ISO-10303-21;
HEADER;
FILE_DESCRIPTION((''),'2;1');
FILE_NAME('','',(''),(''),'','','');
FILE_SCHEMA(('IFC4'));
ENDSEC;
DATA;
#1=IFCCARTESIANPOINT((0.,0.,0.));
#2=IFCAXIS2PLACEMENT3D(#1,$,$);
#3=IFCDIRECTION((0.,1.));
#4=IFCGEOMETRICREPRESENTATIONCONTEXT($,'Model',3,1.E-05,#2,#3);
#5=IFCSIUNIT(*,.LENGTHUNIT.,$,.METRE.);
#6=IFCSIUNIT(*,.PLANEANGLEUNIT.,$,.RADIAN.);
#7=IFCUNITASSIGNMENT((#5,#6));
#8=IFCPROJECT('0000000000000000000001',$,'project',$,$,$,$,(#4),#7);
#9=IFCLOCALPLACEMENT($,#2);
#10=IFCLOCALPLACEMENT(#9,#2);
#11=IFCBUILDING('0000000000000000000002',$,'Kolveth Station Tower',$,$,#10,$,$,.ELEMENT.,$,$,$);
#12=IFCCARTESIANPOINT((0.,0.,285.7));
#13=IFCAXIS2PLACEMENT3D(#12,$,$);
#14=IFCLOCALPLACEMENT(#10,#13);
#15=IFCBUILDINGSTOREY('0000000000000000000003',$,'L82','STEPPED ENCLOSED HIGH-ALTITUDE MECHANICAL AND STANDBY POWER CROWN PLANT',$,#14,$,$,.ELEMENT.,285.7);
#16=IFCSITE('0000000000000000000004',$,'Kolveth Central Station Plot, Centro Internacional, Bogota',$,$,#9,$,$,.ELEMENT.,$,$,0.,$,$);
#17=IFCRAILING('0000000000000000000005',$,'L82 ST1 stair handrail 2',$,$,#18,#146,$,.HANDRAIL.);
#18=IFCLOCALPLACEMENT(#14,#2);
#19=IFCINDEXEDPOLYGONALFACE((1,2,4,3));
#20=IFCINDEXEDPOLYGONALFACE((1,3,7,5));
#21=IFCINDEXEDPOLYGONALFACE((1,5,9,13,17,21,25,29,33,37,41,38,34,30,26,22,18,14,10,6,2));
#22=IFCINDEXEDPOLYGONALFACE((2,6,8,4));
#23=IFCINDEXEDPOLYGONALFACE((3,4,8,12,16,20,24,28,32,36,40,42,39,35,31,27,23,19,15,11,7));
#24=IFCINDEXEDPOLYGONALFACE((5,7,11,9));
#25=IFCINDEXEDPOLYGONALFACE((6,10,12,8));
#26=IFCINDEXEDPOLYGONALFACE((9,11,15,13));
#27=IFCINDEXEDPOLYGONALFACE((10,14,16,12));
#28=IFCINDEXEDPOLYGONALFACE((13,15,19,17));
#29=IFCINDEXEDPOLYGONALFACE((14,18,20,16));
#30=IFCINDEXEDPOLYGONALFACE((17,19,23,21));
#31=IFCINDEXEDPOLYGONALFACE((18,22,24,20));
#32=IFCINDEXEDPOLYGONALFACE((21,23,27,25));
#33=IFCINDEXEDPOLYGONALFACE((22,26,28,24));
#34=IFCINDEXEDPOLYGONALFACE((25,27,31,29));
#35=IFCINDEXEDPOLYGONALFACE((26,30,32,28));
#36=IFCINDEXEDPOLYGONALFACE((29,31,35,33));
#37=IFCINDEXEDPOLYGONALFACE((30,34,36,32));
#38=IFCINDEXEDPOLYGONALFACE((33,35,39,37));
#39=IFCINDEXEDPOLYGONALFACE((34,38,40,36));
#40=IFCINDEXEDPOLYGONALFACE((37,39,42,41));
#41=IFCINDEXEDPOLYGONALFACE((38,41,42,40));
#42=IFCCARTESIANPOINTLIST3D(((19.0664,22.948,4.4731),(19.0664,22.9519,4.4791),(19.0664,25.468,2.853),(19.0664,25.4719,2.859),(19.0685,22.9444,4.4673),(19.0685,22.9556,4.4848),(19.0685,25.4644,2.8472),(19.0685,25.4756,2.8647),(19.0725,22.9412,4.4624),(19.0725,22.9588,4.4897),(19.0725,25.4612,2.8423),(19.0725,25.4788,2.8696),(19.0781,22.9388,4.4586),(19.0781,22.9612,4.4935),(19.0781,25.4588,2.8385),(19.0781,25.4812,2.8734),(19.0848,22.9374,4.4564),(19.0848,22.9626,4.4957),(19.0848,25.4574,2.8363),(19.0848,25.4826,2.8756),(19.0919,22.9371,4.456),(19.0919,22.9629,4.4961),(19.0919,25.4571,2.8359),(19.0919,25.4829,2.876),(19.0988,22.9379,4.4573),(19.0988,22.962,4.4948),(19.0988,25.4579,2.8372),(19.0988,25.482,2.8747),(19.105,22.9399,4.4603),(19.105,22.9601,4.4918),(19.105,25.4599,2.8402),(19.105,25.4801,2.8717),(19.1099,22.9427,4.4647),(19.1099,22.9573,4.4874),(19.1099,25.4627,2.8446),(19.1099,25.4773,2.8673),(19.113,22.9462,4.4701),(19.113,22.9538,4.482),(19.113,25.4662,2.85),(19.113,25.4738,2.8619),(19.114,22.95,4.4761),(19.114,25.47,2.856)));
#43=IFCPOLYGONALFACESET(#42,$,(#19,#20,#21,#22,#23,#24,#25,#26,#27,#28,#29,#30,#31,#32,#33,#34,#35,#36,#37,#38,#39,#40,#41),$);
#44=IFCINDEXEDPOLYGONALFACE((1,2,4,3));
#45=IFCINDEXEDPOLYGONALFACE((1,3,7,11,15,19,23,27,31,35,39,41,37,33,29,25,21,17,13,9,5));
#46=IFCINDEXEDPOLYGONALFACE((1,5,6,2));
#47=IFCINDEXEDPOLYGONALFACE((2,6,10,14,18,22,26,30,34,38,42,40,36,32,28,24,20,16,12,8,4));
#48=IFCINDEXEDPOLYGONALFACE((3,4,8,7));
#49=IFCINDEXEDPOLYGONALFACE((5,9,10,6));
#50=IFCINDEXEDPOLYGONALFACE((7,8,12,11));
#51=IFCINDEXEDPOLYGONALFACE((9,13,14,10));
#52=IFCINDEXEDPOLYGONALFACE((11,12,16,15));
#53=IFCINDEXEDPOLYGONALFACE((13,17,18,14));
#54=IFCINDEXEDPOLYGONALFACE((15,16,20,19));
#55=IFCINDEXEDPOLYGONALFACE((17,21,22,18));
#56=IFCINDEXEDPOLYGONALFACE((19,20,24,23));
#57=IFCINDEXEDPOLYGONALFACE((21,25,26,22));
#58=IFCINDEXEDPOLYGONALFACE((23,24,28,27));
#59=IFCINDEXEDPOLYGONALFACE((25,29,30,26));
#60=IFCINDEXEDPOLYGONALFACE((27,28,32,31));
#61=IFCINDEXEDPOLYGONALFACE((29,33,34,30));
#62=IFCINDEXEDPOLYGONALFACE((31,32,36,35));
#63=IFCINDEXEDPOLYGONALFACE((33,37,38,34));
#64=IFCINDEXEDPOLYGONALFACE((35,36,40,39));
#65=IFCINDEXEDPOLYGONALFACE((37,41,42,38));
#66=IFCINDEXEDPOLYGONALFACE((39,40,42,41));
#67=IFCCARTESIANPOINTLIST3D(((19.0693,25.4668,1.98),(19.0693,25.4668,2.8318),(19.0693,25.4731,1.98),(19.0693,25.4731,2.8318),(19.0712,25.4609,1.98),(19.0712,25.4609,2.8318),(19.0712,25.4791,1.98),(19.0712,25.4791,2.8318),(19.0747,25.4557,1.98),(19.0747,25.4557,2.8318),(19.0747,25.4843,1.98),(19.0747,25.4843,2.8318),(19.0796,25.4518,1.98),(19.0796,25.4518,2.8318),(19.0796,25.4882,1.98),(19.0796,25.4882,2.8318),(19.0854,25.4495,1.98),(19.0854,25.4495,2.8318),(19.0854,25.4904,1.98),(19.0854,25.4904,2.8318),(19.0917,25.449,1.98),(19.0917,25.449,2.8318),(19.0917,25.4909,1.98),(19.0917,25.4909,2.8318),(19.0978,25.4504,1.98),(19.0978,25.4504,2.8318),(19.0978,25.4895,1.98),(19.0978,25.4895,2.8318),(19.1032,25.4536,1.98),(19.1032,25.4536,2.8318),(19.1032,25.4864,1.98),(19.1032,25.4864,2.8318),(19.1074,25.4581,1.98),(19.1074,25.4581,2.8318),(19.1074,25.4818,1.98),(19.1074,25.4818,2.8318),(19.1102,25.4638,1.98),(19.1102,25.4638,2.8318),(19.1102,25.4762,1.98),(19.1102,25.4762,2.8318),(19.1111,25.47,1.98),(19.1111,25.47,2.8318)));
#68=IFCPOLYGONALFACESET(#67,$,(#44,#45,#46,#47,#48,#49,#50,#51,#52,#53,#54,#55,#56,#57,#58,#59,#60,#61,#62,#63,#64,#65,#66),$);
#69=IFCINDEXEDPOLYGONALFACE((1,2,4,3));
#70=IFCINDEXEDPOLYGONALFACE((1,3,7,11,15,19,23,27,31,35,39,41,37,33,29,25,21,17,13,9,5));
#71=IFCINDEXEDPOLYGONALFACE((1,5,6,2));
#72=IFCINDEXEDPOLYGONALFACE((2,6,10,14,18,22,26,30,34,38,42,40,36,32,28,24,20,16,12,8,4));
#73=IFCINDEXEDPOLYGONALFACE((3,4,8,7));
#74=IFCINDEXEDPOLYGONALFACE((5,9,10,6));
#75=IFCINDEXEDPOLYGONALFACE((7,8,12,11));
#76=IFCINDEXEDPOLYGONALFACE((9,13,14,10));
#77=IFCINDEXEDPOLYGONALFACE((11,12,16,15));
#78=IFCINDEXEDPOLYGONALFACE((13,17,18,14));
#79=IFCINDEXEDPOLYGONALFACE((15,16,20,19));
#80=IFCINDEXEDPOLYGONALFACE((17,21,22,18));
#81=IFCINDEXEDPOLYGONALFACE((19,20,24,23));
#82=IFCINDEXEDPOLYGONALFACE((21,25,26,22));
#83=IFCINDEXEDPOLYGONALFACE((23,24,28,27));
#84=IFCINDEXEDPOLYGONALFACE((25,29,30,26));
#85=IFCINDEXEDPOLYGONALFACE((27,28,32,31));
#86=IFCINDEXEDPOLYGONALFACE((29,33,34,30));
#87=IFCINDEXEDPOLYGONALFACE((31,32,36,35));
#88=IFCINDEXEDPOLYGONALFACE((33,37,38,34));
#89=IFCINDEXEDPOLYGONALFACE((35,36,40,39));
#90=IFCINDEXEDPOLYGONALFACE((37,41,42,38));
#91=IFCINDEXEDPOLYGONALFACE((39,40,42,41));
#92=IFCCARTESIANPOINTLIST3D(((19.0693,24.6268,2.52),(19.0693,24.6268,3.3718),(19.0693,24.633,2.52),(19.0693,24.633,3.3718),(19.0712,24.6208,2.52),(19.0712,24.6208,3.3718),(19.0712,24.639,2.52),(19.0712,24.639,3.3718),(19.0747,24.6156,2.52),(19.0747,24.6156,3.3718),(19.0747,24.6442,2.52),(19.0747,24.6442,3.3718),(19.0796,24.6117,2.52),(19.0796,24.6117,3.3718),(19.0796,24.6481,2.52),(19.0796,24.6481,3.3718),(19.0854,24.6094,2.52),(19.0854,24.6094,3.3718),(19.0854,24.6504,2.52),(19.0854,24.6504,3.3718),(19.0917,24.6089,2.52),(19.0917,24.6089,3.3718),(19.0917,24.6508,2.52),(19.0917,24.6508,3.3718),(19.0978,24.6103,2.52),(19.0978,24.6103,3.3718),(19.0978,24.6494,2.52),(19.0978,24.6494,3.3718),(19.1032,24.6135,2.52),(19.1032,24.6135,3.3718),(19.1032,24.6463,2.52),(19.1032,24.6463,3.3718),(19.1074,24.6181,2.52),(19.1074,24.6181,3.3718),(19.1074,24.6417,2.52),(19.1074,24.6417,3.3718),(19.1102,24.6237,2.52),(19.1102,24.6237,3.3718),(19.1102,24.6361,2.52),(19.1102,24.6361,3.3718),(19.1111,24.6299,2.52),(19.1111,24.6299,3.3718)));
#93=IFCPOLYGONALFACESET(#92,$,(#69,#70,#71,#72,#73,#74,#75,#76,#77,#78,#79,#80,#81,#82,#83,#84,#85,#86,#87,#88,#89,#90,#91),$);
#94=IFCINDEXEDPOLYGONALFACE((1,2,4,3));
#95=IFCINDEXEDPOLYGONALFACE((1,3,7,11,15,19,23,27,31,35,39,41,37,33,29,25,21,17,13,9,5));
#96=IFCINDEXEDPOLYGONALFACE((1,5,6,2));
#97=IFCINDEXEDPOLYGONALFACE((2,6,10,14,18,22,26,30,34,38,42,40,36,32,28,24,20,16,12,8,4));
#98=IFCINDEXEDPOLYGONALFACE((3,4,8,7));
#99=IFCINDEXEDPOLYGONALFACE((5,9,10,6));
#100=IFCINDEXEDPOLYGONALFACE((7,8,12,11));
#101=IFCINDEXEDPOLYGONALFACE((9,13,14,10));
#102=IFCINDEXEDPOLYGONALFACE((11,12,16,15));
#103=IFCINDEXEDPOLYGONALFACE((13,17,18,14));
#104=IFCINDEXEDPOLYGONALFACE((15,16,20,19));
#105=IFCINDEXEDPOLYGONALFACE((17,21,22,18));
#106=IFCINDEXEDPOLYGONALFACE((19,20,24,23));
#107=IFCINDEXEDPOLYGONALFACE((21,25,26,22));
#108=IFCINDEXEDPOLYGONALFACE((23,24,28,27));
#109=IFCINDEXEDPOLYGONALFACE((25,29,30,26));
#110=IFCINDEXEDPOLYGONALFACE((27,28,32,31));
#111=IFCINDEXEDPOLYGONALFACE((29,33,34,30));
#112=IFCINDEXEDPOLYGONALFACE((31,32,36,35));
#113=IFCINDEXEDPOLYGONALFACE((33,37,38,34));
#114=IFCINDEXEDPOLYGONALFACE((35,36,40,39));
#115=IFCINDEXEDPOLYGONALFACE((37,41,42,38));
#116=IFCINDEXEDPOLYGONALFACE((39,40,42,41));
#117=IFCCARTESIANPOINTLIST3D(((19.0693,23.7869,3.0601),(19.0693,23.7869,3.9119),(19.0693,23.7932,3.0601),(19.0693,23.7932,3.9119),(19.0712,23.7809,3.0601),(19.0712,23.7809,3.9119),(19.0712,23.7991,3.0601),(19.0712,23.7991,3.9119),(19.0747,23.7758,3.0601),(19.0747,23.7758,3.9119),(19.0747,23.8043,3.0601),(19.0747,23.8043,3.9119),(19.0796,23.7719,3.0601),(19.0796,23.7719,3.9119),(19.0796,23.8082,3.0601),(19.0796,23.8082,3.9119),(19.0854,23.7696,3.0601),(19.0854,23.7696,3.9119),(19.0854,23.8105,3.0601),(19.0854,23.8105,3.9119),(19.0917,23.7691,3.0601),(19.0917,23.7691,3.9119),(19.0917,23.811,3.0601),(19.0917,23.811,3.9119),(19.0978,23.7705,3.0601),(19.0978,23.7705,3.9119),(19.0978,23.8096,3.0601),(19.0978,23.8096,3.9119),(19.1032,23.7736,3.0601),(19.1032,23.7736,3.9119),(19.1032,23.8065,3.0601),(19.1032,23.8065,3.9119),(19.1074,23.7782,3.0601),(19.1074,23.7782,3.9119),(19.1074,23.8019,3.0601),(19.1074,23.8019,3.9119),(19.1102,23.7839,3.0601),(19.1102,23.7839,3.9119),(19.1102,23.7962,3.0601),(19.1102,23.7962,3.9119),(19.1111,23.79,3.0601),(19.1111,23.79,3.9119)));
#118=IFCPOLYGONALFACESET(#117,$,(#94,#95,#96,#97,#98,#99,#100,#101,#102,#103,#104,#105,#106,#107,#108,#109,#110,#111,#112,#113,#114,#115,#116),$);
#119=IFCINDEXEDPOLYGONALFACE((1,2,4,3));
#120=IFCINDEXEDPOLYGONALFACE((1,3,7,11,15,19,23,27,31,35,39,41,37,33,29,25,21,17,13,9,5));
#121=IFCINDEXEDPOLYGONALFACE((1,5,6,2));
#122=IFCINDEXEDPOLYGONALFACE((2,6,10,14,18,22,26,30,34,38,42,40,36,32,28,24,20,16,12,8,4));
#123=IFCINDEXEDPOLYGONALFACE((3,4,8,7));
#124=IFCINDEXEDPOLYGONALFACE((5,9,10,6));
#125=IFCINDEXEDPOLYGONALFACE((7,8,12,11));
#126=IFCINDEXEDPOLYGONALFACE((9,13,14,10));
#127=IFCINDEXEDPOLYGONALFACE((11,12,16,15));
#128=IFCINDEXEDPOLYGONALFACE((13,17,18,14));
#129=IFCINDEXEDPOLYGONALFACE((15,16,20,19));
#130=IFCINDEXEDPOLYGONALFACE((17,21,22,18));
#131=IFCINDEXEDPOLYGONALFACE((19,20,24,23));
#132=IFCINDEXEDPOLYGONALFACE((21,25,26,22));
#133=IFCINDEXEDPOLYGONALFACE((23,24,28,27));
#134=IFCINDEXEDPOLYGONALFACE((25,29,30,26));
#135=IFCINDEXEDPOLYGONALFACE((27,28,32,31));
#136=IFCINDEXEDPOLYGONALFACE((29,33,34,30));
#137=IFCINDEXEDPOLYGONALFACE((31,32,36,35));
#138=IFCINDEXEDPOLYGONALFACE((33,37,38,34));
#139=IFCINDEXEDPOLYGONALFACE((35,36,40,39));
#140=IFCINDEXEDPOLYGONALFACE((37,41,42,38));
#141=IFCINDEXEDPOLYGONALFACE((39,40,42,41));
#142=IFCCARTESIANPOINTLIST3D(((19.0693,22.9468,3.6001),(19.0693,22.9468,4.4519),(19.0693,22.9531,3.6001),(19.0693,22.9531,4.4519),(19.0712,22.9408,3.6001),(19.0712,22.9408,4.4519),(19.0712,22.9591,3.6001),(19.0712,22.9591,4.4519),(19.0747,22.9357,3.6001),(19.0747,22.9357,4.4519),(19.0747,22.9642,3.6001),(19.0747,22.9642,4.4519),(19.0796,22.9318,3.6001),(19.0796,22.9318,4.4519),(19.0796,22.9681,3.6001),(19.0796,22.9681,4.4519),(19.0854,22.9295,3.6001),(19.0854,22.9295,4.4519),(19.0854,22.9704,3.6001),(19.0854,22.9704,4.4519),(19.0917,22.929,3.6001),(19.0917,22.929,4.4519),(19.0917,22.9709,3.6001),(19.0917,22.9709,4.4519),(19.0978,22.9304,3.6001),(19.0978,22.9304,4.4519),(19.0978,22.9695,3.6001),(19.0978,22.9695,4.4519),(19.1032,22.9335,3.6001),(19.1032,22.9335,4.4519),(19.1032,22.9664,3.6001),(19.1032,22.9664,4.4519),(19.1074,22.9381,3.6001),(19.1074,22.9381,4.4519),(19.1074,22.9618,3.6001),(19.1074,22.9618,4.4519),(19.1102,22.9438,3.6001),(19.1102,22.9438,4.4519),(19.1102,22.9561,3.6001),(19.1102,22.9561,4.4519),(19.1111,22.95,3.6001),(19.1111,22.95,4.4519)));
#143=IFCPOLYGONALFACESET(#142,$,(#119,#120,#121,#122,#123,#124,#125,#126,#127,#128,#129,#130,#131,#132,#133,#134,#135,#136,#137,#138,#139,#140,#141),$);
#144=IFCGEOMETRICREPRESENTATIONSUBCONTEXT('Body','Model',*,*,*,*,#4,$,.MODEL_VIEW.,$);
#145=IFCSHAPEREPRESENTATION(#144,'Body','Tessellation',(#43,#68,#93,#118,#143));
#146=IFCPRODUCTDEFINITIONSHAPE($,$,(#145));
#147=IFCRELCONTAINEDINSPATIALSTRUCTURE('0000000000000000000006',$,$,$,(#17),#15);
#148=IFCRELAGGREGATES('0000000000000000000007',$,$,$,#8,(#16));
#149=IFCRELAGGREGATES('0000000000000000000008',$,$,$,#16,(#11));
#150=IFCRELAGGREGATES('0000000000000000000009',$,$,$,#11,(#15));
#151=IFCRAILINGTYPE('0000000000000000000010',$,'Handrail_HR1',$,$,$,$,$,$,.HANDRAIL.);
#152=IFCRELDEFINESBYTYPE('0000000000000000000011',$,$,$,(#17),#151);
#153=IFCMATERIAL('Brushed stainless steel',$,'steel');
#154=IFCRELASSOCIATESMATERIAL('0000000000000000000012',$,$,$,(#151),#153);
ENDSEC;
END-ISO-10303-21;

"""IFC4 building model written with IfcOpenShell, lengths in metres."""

from ifc_helpers import new_model, si_unit, direction, frame, origin, origin_2d, place, context, subcontext, project, spatial, circle, extrude, material, type_object, element, save


model = new_model("IFC4")

# Units and contexts
model_context = context("Model", 3, precision=1e-05, world=origin(), true_north=direction((0.0, 1.0)))
body_context = subcontext(model_context, "Body", "Model", "MODEL_VIEW")
ifc_project = project(units=[si_unit("LENGTHUNIT", "METRE"), si_unit("PLANEANGLEUNIT", "RADIAN")], contexts=[model_context])

# Site, building, storey
site_placement = place(None, origin())
site = spatial("IfcSite", under=ifc_project, at=site_placement, Name="Kolveth Central Station Plot, Centro Internacional, Bogota", CompositionType="ELEMENT", RefElevation=0.0)
building_placement = place(site_placement, origin())
building = spatial("IfcBuilding", under=site, at=building_placement, Name="Kolveth Station Tower", CompositionType="ELEMENT")
storey_placement = place(building_placement, frame((0.0, 0.0, 285.7)))
storey = spatial("IfcBuildingStorey", under=building, at=storey_placement, Name="L82", Description="STEPPED ENCLOSED HIGH-ALTITUDE MECHANICAL AND STANDBY POWER CROWN PLANT", CompositionType="ELEMENT", Elevation=285.7)

# Railing
ifc_material_1 = material(Name="Brushed stainless steel", Category="steel")
railing_type_1 = type_object("IfcRailingType", Name="Handrail_HR1", PredefinedType="HANDRAIL", material=ifc_material_1)
railing_1_placement = place(storey_placement, frame((19.0901, 25.47, 1.98)))
element("IfcRailing", 1, at=railing_1_placement, inside=storey, type_object=railing_type_1, Name="L82 ST1 stair handrail 2", PredefinedType="HANDRAIL", context=body_context, shape_type="SweptSolid", body=[
    extrude(circle(Radius=0.0239, at=origin_2d()), frame((0.0, 0.0, 0.876), z_axis=(0.0, -0.841163, 0.540782), x_axis=(1.0, 0.0, 0.0)), (0.0, 0.0, 1.0), 2.9958),
    extrude(circle(Radius=0.021, at=origin_2d()), origin(), (0.0, 0.0, 1.0), 0.8518),
    extrude(circle(Radius=0.021, at=origin_2d()), frame((0.0, -0.8401, 0.54)), (0.0, 0.0, 1.0), 0.8518),
    extrude(circle(Radius=0.021, at=origin_2d()), frame((0.0, -1.6799, 1.0801)), (0.0, 0.0, 1.0), 0.8518),
    extrude(circle(Radius=0.021, at=origin_2d()), frame((0.0, -2.52, 1.6201)), (0.0, 0.0, 1.0), 0.8518),
])

save(model, "model.ifc")
